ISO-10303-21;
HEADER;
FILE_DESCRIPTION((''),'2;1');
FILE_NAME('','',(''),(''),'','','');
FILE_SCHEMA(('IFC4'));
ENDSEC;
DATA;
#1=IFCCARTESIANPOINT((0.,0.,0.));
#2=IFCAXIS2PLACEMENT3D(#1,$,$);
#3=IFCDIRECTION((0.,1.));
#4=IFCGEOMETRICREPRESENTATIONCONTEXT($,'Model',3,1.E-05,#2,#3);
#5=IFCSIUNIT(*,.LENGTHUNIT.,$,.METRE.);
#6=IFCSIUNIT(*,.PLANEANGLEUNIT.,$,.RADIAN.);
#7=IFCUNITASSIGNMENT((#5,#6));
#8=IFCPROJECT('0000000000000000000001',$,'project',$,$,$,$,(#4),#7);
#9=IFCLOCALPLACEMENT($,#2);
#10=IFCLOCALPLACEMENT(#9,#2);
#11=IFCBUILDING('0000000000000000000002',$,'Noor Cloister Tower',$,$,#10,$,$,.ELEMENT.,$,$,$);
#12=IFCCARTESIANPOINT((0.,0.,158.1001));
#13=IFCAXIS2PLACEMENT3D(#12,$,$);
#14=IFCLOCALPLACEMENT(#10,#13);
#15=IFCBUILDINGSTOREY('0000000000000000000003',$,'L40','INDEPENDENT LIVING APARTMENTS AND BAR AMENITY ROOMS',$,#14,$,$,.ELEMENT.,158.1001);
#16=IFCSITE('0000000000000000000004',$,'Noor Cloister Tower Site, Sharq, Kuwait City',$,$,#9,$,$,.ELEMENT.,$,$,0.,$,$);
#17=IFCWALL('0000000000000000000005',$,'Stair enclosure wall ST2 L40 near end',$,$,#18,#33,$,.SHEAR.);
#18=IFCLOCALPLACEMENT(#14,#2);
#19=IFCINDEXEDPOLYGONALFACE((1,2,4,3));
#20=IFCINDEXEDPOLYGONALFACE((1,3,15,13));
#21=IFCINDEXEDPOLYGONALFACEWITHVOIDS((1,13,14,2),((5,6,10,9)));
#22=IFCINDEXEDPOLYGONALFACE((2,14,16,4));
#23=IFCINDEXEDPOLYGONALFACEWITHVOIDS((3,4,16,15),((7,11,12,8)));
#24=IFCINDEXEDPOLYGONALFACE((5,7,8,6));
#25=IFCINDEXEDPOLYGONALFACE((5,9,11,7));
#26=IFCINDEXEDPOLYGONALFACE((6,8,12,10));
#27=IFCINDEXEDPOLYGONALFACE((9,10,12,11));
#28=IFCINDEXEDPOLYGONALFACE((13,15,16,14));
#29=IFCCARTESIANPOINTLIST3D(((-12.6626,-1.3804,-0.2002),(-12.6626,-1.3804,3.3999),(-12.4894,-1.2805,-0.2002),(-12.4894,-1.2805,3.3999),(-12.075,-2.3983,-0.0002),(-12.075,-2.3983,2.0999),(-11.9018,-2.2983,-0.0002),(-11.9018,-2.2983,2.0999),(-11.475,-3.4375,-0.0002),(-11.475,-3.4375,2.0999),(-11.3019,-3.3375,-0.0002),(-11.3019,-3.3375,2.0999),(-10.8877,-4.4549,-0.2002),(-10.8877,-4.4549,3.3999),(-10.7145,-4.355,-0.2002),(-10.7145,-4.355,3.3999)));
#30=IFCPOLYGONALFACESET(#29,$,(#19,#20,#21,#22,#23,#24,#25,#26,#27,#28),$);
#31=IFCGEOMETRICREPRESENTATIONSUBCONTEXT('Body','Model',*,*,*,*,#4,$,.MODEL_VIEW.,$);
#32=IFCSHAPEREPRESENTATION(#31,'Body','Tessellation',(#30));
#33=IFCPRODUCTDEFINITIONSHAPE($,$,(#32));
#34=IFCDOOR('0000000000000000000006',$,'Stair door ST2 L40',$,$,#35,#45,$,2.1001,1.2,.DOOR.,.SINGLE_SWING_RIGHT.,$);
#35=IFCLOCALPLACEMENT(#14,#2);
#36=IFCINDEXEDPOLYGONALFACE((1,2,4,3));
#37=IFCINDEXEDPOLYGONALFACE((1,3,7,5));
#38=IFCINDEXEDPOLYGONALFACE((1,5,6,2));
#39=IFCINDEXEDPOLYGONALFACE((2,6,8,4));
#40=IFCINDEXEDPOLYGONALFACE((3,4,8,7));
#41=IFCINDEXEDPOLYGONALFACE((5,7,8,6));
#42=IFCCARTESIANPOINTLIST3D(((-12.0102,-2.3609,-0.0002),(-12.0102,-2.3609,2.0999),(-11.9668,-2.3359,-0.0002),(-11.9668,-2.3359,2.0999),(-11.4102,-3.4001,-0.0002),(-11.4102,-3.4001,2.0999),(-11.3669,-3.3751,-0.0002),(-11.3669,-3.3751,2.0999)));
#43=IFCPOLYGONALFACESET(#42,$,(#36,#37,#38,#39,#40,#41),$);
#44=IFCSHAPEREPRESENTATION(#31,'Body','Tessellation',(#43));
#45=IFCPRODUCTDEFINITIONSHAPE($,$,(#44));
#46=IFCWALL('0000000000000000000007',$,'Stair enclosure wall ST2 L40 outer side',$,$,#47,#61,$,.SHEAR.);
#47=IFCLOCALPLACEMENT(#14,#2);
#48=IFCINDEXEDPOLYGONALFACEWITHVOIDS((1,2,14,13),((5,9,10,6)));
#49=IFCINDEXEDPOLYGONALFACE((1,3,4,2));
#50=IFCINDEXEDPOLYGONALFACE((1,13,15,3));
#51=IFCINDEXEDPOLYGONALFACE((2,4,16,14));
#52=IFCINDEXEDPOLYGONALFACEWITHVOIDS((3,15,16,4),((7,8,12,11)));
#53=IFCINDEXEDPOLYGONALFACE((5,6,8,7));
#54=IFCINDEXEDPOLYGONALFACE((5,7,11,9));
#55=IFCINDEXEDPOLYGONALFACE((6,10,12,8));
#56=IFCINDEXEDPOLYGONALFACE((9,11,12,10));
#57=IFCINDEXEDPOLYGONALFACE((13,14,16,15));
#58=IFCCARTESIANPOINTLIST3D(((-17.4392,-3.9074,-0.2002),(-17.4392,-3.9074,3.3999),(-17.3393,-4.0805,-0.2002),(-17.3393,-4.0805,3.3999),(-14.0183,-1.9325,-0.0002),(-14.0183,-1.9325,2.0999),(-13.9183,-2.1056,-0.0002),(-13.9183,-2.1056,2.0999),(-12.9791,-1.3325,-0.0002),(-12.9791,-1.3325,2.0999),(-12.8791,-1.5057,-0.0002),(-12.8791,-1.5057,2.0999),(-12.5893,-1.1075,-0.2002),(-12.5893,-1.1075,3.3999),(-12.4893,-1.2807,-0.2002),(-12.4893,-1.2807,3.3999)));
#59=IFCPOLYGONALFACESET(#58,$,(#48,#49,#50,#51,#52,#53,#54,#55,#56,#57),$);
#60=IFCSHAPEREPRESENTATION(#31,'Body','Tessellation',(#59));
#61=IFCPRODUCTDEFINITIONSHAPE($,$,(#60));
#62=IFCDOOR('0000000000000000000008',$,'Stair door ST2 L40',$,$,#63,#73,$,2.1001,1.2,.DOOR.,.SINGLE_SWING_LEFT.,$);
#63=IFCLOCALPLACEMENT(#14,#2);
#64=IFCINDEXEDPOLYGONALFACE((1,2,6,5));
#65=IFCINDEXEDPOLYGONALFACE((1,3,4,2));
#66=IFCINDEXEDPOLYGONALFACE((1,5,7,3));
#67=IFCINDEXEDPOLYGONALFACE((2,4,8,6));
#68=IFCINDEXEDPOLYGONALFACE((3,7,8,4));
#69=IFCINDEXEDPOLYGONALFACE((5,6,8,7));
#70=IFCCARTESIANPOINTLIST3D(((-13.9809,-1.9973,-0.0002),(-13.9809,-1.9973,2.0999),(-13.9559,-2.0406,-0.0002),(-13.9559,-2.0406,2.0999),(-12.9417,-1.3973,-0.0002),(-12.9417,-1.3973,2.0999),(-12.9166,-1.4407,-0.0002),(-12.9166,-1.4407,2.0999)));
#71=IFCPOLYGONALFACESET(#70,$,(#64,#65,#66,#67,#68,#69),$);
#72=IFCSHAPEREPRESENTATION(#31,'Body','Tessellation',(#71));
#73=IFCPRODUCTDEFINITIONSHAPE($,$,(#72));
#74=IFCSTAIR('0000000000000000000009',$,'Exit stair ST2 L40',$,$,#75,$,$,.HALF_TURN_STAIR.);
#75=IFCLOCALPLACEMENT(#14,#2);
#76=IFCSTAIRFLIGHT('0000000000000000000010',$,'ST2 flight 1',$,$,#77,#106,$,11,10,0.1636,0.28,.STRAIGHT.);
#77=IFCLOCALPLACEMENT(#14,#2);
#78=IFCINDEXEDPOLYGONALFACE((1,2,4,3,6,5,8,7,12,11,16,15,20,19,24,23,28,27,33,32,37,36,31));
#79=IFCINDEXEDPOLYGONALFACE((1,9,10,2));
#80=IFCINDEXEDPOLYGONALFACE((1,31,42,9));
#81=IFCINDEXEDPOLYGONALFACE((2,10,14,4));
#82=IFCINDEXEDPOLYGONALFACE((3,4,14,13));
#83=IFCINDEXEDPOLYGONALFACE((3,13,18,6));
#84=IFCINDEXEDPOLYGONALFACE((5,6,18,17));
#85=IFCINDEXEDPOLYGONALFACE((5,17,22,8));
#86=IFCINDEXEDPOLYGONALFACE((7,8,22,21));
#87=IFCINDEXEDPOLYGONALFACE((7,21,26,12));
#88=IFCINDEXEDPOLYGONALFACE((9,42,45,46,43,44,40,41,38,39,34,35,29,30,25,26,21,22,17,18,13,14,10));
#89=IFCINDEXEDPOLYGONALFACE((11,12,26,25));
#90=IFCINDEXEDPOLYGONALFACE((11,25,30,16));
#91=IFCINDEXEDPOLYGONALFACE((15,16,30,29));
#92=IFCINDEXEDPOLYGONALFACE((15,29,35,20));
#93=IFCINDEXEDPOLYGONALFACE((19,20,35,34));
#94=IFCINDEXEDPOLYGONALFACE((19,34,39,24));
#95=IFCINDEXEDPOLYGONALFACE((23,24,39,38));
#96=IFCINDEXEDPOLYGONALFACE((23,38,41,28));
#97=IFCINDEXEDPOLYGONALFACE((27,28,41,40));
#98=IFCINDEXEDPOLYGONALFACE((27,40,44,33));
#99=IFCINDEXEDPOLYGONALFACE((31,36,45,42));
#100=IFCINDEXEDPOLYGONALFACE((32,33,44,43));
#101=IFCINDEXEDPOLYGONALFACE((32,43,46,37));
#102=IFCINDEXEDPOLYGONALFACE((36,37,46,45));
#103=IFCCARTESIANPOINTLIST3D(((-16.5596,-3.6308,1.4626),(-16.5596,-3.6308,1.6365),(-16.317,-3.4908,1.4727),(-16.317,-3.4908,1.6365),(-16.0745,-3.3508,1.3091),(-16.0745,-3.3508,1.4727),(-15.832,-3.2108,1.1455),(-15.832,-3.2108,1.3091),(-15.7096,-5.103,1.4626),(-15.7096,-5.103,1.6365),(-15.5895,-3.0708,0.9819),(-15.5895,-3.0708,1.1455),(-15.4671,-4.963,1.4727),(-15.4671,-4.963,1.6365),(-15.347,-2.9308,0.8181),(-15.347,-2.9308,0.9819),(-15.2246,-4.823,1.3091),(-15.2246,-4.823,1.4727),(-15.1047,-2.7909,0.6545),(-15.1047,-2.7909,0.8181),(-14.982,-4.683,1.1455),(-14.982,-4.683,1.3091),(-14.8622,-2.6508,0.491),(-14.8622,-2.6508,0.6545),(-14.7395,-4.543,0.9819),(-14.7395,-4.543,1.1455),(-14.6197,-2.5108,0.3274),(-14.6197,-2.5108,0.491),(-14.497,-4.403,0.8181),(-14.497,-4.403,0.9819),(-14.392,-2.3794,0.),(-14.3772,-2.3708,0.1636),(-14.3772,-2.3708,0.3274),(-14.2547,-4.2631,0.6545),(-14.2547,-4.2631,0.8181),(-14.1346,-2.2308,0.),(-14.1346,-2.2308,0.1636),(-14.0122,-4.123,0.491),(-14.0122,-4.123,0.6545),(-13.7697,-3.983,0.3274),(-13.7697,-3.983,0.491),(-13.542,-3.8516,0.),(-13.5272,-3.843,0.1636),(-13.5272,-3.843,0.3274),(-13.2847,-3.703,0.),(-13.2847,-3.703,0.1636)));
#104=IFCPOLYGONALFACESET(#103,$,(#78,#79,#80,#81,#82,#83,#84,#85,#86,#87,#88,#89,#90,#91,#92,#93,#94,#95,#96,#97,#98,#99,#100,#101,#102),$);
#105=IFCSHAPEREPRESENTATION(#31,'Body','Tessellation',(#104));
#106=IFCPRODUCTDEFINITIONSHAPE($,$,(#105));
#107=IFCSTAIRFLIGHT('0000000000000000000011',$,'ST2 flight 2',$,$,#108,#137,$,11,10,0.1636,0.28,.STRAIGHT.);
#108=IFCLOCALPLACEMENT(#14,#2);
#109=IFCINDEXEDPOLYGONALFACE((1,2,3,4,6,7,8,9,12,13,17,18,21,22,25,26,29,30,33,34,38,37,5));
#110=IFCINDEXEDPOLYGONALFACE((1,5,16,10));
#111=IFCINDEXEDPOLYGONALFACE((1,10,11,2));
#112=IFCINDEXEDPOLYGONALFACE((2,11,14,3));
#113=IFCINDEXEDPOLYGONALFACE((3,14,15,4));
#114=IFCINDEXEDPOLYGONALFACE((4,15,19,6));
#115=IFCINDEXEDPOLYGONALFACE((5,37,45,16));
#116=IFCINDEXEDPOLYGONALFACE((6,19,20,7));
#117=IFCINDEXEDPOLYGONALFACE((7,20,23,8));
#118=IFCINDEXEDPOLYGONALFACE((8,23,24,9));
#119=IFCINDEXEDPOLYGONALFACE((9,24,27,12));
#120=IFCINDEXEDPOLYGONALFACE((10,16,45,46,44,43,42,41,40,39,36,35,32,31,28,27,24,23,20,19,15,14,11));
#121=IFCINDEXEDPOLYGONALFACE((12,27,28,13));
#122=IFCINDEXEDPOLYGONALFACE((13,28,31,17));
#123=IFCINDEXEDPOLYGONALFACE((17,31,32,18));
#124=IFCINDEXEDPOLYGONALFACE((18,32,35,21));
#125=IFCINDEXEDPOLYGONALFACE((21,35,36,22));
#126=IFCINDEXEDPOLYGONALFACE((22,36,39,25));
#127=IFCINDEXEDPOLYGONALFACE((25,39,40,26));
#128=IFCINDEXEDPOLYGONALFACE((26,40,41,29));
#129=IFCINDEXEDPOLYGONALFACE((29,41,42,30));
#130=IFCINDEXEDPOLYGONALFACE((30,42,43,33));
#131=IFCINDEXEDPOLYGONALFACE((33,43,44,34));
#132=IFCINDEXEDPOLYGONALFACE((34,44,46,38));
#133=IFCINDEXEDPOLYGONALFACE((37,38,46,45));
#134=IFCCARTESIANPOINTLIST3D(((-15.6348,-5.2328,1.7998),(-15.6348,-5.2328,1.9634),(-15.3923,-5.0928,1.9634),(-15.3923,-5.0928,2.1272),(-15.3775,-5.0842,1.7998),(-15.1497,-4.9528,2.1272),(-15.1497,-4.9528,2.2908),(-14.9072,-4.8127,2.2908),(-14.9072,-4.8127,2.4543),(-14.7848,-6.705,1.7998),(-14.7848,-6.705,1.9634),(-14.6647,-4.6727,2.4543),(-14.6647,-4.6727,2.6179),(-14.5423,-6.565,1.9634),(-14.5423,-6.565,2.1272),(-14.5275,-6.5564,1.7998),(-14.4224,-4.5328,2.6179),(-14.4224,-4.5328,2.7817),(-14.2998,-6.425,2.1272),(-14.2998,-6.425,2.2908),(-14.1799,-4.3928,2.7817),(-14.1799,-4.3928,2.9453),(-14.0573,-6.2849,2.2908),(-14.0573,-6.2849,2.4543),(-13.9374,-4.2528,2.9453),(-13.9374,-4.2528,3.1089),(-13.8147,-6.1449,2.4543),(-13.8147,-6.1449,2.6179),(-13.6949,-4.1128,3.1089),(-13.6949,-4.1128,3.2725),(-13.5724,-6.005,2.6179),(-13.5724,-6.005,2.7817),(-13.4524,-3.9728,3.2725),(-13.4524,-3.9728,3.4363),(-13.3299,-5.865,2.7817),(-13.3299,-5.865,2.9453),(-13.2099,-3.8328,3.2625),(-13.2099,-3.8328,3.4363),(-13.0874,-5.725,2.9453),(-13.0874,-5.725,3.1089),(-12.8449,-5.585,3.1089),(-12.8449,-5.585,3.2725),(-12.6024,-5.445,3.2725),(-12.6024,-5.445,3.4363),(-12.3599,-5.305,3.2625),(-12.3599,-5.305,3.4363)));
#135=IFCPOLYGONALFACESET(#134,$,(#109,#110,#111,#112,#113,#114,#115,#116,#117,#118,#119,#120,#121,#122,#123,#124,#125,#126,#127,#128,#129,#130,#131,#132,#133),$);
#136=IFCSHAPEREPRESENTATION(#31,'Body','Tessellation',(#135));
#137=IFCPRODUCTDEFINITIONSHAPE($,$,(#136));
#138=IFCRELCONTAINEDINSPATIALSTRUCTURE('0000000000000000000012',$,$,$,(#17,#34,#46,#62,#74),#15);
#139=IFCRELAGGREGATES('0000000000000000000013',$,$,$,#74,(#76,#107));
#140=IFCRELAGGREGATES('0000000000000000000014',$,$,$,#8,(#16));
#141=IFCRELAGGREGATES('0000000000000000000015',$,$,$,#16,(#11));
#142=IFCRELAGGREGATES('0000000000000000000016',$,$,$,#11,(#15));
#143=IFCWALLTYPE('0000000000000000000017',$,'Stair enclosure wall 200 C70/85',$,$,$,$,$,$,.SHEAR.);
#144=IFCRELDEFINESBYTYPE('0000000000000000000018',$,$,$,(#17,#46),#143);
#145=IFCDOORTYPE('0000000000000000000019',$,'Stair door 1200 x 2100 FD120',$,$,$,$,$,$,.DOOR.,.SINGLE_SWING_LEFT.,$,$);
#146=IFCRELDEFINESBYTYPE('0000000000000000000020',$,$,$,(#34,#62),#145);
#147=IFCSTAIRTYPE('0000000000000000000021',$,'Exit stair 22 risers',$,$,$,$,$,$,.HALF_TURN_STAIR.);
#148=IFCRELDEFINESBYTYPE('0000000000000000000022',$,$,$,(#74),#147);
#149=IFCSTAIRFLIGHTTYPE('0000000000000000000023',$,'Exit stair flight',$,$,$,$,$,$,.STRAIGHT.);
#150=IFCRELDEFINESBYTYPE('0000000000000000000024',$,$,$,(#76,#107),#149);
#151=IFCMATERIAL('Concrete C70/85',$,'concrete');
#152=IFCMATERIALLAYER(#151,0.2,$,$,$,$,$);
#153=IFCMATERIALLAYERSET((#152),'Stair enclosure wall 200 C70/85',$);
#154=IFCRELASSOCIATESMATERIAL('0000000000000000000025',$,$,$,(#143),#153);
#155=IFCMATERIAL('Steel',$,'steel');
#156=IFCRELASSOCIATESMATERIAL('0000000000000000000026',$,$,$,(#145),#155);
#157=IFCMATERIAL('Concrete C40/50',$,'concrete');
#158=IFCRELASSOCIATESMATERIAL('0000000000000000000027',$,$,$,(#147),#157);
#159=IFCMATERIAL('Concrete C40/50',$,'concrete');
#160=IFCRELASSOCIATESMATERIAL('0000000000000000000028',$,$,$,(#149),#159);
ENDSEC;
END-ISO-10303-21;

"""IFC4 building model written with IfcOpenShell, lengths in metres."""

from ifc_helpers import new_model, si_unit, direction, frame, frame_2d, origin, place, context, subcontext, project, spatial, polyline, rectangle, outline, extrude, material, layer, layer_set, type_object, element, fill, aggregate, save


model = new_model("IFC4")

# Units and contexts
model_context = context("Model", 3, precision=1e-05, world=origin(), true_north=direction((0.0, 1.0)))
body_context = subcontext(model_context, "Body", "Model", "MODEL_VIEW")
ifc_project = project(units=[si_unit("LENGTHUNIT", "METRE"), si_unit("PLANEANGLEUNIT", "RADIAN")], contexts=[model_context])

# Site, building, storey
site_placement = place(None, origin())
site = spatial("IfcSite", under=ifc_project, at=site_placement, Name="Noor Cloister Tower Site, Sharq, Kuwait City", CompositionType="ELEMENT", RefElevation=0.0)
building_placement = place(site_placement, origin())
building = spatial("IfcBuilding", under=site, at=building_placement, Name="Noor Cloister Tower", CompositionType="ELEMENT")
storey_placement = place(building_placement, frame((0.0, 0.0, 158.1001)))
storey = spatial("IfcBuildingStorey", under=building, at=storey_placement, Name="L40", Description="INDEPENDENT LIVING APARTMENTS AND BAR AMENITY ROOMS", CompositionType="ELEMENT", Elevation=158.1001)

# Walls, openings, doors
ifc_material_1 = material(Name="Concrete C70/85", Category="concrete")
ifc_layer_1 = layer(ifc_material_1, 0.2)
ifc_layer_set_1 = layer_set([ifc_layer_1], Name="Stair enclosure wall 200 C70/85")
wall_type_1 = type_object("IfcWallType", Name="Stair enclosure wall 200 C70/85", PredefinedType="SHEAR", material=ifc_layer_set_1)
wall_1_placement = place(storey_placement, frame((-12.5759, -1.3306, -0.2002), z_axis=(0.0, 0.0, 1.0), x_axis=(0.49997, -0.866042, 0.0)))
wall_1 = element("IfcWall", 1, at=wall_1_placement, inside=storey, type_object=wall_type_1, Name="Stair enclosure wall ST2 L40 near end", PredefinedType="SHEAR", context=body_context, shape_type="SweptSolid", body=[
    extrude(rectangle(XDim=3.55, YDim=0.2, at=frame_2d((1.7749, 0.0))), origin(), (0.0, 0.0, 1.0), 3.6001),
])
opening_1_placement = place(wall_1_placement, frame((1.175, 0.0, 0.2)))
opening_1 = element("IfcOpeningElement", 2, at=opening_1_placement, cuts=wall_1, PredefinedType="OPENING", context=body_context, shape_type="SweptSolid", body=[
    extrude(rectangle(XDim=1.2, YDim=2.1001, at=frame_2d((0.6001, 1.05))), frame((0.0, 0.1099, 0.0), z_axis=(0.0, -1.0, 0.0), x_axis=(1.0, 0.0, 0.0)), (0.0, 0.0, 1.0), 0.22),
])
ifc_material_2 = material(Name="Steel", Category="steel")
door_type_1 = type_object("IfcDoorType", Name="Stair door 1200 x 2100 FD120", OperationType="SINGLE_SWING_LEFT", PredefinedType="DOOR", material=ifc_material_2)
door_1_placement = place(opening_1_placement, origin())
door_1 = element("IfcDoor", 3, at=door_1_placement, inside=storey, type_object=door_type_1, Name="Stair door ST2 L40", OperationType="SINGLE_SWING_RIGHT", OverallHeight=2.1001, OverallWidth=1.2, PredefinedType="DOOR", context=body_context, shape_type="SweptSolid", body=[
    extrude(rectangle(XDim=1.2, YDim=2.1001, at=frame_2d((0.6001, 1.05))), frame((0.0, 0.0249, 0.0), z_axis=(0.0, -1.0, 0.0), x_axis=(1.0, 0.0, 0.0)), (0.0, 0.0, 1.0), 0.05),
])
fill(opening_1, door_1)
wall_2_placement = place(storey_placement, frame((-12.5393, -1.1941, -0.2002), z_axis=(0.0, 0.0, 1.0), x_axis=(-0.866045, -0.499965, 0.0)))
wall_2 = element("IfcWall", 4, at=wall_2_placement, inside=storey, type_object=wall_type_1, Name="Stair enclosure wall ST2 L40 outer side", PredefinedType="SHEAR", context=body_context, shape_type="SweptSolid", body=[
    extrude(rectangle(XDim=5.6001, YDim=0.2, at=frame_2d((2.8, 0.0))), origin(), (0.0, 0.0, 1.0), 3.6001),
])
opening_2_placement = place(wall_2_placement, frame((0.45, 0.0, 0.2)))
opening_2 = element("IfcOpeningElement", 5, at=opening_2_placement, cuts=wall_2, PredefinedType="OPENING", context=body_context, shape_type="SweptSolid", body=[
    extrude(rectangle(XDim=1.2, YDim=2.1001, at=frame_2d((0.6001, 1.05))), frame((0.0, 0.1099, 0.0), z_axis=(0.0, -1.0, 0.0), x_axis=(1.0, 0.0, 0.0)), (0.0, 0.0, 1.0), 0.22),
])
door_2_placement = place(opening_2_placement, origin())
door_2 = element("IfcDoor", 6, at=door_2_placement, inside=storey, type_object=door_type_1, Name="Stair door ST2 L40", OperationType="SINGLE_SWING_LEFT", OverallHeight=2.1001, OverallWidth=1.2, PredefinedType="DOOR", context=body_context, shape_type="SweptSolid", body=[
    extrude(rectangle(XDim=1.2, YDim=2.1001, at=frame_2d((0.6001, 1.05))), frame((0.0, 0.0249, 0.0), z_axis=(0.0, -1.0, 0.0), x_axis=(1.0, 0.0, 0.0)), (0.0, 0.0, 1.0), 0.05),
])
fill(opening_2, door_2)

# Stair, stair flights
ifc_material_3 = material(Name="Concrete C40/50", Category="concrete")
stair_type = type_object("IfcStairType", Name="Exit stair 22 risers", PredefinedType="HALF_TURN_STAIR", material=ifc_material_3)
stair_placement = place(storey_placement, origin())
stair = element("IfcStair", 7, at=stair_placement, inside=storey, type_object=stair_type, Name="Exit stair ST2 L40", PredefinedType="HALF_TURN_STAIR")
ifc_material_4 = material(Name="Concrete C40/50", Category="concrete")
stair_flight_type = type_object("IfcStairFlightType", Name="Exit stair flight", PredefinedType="STRAIGHT", material=ifc_material_4)
stair_flight_1_placement = place(storey_placement, frame((-13.7097, -2.9668, 0.0), z_axis=(0.0, 0.0, 1.0), x_axis=(-0.866025, -0.5, 0.0)))
stair_flight_1 = element("IfcStairFlight", 8, at=stair_flight_1_placement, type_object=stair_flight_type, Name="ST2 flight 1", NumberOfRisers=11, NumberOfTreads=10, PredefinedType="STRAIGHT", RiserHeight=0.1636, TreadLength=0.28, context=body_context, shape_type="SweptSolid", body=[
    extrude(outline(polyline([(0.0, 0.0), (0.0, 0.1636), (0.28, 0.1636), (0.28, 0.3274), (0.5601, 0.3274), (0.5601, 0.491), (0.8401, 0.491), (0.8401, 0.6545), (1.1201, 0.6545), (1.1201, 0.8181), (1.3999, 0.8181), (1.3999, 0.9819), (1.6799, 0.9819), (1.6799, 1.1455), (1.96, 1.1455), (1.96, 1.3091), (2.24, 1.3091), (2.24, 1.4727), (2.52, 1.4727), (2.52, 1.6365), (2.8, 1.6365), (2.8, 1.8), (2.8, 1.4626), (0.2971, 0.0), (0.0, 0.0)])), frame((0.0, 0.8501, 0.0), z_axis=(0.0, -1.0, 0.0), x_axis=(1.0, 0.0, 0.0)), (0.0, 0.0, 1.0), 1.7),
])
stair_flight_2_placement = place(storey_placement, frame((-15.2097, -5.969, 1.7998), z_axis=(0.0, 0.0, 1.0), x_axis=(0.866025, 0.5, 0.0)))
stair_flight_2 = element("IfcStairFlight", 9, at=stair_flight_2_placement, type_object=stair_flight_type, Name="ST2 flight 2", NumberOfRisers=11, NumberOfTreads=10, PredefinedType="STRAIGHT", RiserHeight=0.1636, TreadLength=0.28, context=body_context, shape_type="SweptSolid", body=[
    extrude(outline(polyline([(0.0, 0.0), (0.0, 0.1636), (0.28, 0.1636), (0.28, 0.3274), (0.5601, 0.3274), (0.5601, 0.491), (0.8401, 0.491), (0.8401, 0.6545), (1.1201, 0.6545), (1.1201, 0.8181), (1.3999, 0.8181), (1.3999, 0.9819), (1.6799, 0.9819), (1.6799, 1.1455), (1.96, 1.1455), (1.96, 1.3091), (2.24, 1.3091), (2.24, 1.4727), (2.52, 1.4727), (2.52, 1.6365), (2.8, 1.6365), (2.8, 1.8), (2.8, 1.4626), (0.2971, 0.0), (0.0, 0.0)])), frame((0.0, 0.8501, 0.0), z_axis=(0.0, -1.0, 0.0), x_axis=(1.0, 0.0, 0.0)), (0.0, 0.0, 1.0), 1.7),
])
aggregate(stair, [stair_flight_1, stair_flight_2])

save(model, "model.ifc")
